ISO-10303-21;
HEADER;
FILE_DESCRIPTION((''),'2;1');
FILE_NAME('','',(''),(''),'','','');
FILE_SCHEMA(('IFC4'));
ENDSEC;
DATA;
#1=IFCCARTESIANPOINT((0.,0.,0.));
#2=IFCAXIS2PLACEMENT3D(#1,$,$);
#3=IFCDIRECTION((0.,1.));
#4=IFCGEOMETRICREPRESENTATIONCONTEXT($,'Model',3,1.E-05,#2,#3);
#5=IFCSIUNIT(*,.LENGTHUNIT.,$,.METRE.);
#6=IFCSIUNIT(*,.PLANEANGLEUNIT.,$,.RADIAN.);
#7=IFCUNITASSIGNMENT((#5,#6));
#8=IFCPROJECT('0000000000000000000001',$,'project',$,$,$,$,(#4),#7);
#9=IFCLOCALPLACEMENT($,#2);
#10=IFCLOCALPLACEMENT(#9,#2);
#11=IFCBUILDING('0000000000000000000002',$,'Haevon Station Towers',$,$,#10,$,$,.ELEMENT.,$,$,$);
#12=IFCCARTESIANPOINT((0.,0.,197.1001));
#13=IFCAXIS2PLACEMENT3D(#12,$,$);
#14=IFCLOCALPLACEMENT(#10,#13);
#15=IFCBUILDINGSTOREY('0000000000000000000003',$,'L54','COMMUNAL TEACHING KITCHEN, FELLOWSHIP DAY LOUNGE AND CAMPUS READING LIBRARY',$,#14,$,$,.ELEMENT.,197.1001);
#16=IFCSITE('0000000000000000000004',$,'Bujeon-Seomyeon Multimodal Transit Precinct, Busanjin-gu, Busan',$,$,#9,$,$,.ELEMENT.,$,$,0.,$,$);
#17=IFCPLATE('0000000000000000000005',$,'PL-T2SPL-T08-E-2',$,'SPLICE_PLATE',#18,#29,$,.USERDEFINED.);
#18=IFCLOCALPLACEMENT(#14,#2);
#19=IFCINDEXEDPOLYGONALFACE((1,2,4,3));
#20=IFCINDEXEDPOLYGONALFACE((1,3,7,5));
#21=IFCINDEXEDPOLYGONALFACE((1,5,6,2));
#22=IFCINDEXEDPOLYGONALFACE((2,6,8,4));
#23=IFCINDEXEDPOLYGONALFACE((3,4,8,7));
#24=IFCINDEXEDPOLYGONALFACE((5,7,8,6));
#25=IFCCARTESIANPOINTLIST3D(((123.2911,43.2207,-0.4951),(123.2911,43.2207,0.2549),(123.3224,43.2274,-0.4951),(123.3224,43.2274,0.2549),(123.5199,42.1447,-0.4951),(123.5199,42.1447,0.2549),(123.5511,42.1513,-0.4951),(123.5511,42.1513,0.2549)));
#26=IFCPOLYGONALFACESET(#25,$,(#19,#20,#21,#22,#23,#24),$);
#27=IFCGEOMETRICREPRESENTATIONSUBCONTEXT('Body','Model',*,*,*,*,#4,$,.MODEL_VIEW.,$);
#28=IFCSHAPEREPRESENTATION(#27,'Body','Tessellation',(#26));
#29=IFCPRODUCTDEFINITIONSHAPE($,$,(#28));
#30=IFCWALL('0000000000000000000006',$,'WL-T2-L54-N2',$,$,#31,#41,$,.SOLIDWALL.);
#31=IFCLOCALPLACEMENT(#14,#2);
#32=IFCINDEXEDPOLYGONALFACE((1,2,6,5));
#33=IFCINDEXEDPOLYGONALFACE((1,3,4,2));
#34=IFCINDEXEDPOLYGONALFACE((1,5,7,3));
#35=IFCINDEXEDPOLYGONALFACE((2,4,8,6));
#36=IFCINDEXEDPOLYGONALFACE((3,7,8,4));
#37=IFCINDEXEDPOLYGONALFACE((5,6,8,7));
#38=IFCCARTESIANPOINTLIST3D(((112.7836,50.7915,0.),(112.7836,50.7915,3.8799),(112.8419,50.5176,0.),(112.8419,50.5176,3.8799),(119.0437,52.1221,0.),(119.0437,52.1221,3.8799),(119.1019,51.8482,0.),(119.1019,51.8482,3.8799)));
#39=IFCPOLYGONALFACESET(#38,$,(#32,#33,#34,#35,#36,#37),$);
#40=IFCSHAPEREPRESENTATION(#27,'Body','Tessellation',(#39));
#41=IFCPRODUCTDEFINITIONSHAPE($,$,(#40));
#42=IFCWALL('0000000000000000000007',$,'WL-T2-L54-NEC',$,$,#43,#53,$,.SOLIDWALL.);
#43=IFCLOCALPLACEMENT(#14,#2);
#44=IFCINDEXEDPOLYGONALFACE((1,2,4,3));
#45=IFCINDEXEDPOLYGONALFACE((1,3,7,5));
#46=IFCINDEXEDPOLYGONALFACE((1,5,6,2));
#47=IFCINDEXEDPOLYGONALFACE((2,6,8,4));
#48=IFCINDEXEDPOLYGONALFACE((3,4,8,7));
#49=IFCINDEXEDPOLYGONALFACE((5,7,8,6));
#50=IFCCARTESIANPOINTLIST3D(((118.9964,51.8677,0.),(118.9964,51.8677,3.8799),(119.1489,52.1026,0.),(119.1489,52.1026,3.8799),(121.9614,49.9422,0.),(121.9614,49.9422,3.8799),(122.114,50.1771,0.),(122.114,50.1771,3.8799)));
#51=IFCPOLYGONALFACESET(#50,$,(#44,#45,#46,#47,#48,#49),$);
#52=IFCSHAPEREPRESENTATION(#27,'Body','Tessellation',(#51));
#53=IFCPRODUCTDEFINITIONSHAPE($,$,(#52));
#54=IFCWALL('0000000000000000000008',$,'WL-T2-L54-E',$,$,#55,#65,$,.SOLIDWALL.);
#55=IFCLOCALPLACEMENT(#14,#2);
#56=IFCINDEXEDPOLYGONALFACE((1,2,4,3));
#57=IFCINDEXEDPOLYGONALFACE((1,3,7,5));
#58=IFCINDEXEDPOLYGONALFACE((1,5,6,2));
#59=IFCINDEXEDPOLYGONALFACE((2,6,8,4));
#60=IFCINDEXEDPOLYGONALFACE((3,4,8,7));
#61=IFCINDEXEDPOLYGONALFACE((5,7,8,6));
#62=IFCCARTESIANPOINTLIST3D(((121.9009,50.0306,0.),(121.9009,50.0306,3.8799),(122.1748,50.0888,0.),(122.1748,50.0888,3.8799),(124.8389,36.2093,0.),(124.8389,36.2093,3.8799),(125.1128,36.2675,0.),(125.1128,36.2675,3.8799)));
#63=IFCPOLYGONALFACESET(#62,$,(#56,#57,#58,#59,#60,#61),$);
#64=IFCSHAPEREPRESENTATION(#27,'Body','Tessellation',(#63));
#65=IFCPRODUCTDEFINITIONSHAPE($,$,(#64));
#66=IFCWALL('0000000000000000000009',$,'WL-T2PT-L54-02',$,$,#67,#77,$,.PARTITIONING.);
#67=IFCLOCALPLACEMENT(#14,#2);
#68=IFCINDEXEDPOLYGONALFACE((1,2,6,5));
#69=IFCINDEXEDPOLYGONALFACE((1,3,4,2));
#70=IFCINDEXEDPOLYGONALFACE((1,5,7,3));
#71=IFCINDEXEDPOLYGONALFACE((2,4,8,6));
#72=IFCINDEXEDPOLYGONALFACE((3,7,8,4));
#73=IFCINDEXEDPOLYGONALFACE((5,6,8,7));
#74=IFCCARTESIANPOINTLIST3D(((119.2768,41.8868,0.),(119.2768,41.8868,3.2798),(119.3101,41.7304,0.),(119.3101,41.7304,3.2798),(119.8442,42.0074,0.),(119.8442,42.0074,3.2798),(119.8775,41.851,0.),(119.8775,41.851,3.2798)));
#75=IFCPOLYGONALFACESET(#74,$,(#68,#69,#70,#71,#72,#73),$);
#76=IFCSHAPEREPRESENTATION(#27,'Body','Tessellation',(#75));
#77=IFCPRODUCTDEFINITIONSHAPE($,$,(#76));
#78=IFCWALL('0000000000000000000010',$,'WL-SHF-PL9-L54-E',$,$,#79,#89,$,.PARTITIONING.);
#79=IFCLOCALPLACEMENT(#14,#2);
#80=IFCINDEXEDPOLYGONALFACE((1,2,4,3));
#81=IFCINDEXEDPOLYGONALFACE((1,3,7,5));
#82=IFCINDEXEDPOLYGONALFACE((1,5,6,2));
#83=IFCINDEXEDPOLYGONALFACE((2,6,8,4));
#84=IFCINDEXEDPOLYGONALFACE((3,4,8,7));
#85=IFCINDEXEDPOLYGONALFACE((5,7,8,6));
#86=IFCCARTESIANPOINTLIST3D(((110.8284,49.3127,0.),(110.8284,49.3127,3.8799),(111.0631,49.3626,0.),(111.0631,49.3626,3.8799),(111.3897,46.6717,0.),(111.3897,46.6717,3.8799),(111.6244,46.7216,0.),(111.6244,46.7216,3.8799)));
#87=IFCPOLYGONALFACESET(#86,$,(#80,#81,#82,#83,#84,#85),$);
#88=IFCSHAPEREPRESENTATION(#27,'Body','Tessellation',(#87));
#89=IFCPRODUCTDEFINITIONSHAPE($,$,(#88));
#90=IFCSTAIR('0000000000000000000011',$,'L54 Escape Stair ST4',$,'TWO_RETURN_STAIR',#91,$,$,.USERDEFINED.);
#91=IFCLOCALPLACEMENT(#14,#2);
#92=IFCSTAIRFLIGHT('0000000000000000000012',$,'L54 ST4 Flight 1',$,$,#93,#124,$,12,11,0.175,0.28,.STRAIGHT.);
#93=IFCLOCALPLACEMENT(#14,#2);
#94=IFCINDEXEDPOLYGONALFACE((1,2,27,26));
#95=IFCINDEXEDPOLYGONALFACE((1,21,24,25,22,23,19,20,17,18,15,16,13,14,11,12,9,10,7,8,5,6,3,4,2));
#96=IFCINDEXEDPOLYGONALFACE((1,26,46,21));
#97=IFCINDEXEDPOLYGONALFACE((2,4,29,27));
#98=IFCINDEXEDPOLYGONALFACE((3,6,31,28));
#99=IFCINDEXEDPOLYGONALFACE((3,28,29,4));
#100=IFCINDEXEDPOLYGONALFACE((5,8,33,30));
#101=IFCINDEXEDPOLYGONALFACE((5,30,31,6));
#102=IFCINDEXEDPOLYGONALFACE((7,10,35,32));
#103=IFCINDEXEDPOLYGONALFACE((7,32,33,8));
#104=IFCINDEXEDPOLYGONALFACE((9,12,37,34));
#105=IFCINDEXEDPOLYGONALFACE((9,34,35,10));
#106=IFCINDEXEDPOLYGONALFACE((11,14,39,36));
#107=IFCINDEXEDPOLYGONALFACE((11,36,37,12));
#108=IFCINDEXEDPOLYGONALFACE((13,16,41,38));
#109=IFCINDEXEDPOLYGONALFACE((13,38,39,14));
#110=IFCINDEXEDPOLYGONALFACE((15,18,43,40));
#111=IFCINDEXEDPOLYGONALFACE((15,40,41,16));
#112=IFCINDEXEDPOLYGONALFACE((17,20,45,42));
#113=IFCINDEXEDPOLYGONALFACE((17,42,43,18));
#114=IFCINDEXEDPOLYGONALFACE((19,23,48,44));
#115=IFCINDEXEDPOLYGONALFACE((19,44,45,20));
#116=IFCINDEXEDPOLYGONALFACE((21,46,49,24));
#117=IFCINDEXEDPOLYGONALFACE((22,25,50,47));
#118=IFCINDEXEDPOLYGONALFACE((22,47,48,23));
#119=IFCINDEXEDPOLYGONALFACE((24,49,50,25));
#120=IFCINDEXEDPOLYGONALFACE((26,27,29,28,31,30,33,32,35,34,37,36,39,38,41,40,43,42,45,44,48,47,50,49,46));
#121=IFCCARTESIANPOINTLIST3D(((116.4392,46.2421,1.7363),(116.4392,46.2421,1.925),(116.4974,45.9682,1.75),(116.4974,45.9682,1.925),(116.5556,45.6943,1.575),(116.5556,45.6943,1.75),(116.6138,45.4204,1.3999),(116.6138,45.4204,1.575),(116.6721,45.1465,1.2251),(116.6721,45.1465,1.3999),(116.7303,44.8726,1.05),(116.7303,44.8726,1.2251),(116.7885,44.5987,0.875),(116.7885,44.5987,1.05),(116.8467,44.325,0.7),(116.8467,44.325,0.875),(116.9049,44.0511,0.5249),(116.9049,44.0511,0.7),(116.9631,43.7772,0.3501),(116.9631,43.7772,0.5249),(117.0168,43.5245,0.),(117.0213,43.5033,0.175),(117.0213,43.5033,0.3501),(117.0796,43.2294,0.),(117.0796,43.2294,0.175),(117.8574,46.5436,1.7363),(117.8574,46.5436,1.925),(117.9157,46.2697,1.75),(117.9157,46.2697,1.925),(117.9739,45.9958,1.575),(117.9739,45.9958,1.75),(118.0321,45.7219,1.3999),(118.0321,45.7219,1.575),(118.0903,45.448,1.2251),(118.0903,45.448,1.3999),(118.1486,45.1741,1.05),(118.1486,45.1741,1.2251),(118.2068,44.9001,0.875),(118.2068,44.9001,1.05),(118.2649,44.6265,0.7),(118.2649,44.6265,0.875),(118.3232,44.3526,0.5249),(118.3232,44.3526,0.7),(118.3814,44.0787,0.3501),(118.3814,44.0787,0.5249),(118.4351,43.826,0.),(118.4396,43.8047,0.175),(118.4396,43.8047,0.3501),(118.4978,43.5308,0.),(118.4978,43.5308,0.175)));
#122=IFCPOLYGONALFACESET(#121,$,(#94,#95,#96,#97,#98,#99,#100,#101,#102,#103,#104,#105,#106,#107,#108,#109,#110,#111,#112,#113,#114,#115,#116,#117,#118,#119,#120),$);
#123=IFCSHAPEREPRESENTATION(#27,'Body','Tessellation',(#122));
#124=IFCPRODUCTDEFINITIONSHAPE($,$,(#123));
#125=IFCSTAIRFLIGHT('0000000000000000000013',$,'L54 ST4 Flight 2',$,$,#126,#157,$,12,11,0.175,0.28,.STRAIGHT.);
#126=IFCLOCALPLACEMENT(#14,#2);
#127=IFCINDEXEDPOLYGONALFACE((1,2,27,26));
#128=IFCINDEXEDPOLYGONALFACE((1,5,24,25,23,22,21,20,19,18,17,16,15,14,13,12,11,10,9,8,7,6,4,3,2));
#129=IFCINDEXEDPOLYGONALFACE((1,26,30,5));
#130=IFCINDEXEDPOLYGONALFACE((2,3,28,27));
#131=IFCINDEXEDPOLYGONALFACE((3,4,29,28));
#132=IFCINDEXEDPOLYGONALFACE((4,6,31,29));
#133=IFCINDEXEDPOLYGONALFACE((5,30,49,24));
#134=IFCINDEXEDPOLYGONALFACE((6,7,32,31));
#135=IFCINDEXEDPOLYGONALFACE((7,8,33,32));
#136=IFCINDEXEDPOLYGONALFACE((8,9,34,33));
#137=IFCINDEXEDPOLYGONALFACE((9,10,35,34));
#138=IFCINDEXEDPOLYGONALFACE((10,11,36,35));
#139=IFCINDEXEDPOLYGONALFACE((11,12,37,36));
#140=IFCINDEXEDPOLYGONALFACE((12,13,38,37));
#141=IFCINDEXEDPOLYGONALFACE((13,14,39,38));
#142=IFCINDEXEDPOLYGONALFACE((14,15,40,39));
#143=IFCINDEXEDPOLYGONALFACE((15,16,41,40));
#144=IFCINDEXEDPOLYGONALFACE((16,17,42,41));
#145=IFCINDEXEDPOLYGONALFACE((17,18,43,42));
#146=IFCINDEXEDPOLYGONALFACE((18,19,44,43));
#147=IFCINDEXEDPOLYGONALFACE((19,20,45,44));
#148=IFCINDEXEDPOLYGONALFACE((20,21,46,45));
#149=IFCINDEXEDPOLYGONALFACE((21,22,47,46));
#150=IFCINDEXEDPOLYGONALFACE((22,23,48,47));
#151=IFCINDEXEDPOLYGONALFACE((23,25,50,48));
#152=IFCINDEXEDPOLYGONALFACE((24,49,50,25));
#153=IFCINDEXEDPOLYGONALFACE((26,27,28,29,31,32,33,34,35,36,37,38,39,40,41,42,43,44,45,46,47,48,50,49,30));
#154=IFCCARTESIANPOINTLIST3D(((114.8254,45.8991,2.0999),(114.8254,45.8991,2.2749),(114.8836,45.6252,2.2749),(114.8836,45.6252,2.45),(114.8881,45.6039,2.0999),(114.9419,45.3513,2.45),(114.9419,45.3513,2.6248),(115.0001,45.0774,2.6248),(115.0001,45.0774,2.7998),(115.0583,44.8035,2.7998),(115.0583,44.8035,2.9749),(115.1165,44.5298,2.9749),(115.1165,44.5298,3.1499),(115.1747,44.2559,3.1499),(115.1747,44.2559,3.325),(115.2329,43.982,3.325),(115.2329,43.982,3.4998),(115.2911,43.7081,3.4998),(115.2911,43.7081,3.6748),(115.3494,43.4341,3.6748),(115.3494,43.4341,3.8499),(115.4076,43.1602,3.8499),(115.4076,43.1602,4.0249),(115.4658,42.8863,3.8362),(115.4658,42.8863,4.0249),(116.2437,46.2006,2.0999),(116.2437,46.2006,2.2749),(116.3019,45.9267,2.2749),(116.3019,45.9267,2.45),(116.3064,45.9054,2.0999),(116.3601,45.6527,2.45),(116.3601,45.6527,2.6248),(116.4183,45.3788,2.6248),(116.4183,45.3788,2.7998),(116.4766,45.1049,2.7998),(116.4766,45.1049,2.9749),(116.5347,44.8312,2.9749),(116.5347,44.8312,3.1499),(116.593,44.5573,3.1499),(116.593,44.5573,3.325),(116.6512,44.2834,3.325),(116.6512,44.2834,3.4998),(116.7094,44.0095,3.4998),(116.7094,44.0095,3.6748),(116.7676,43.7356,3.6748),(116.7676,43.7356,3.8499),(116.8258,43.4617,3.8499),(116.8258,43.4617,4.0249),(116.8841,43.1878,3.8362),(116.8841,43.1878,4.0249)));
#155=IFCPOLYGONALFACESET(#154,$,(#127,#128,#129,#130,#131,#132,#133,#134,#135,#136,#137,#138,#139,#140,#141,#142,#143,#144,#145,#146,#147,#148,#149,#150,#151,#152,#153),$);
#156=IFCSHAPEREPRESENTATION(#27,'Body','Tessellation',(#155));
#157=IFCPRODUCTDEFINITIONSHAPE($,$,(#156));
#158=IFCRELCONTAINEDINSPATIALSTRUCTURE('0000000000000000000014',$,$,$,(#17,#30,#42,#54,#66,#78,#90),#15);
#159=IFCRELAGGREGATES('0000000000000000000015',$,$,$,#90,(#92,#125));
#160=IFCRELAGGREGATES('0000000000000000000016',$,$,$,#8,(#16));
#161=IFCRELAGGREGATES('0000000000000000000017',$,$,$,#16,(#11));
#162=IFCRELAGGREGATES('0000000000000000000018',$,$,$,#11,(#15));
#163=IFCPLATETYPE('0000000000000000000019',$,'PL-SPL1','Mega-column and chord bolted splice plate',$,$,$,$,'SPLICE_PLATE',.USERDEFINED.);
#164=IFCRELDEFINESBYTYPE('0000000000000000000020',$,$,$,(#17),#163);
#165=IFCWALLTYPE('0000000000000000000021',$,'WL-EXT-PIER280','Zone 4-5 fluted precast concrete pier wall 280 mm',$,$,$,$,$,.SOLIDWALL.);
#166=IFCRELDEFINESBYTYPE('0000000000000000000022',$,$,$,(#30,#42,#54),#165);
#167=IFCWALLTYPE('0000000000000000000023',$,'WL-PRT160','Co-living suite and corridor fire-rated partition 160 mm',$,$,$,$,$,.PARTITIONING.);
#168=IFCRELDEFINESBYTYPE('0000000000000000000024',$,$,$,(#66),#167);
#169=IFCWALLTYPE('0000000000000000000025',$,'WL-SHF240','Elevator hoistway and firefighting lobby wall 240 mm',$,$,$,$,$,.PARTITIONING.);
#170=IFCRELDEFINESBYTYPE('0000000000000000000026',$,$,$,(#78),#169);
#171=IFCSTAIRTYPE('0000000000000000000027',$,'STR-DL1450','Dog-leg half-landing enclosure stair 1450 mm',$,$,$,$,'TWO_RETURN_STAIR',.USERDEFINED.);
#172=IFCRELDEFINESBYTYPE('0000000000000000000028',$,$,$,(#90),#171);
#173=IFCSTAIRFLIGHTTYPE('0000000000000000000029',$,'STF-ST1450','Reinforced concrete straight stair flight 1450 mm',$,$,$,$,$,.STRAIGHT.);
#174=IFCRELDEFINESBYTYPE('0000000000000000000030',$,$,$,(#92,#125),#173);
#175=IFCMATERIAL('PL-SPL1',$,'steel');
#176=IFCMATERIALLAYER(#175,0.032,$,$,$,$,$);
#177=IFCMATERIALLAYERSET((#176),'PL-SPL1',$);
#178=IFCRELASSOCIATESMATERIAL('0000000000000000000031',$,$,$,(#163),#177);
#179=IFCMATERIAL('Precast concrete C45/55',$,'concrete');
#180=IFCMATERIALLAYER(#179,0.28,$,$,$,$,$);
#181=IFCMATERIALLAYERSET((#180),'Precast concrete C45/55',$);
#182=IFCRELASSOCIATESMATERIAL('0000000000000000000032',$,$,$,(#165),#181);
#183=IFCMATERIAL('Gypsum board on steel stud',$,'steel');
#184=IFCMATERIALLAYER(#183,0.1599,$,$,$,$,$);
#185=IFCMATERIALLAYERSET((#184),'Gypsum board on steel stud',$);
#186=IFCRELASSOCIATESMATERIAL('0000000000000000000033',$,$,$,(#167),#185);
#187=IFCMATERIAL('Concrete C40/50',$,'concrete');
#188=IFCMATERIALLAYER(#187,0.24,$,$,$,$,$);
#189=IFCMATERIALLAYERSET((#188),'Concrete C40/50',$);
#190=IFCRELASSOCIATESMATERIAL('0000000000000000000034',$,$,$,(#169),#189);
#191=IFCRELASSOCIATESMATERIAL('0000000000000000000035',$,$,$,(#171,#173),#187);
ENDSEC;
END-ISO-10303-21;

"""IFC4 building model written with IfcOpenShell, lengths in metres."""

from ifc_helpers import new_model, si_unit, direction, frame, frame_2d, origin, origin_2d, place, context, subcontext, project, spatial, polyline, rectangle, outline, extrude, material, layer, layer_set, type_object, element, aggregate, save


model = new_model("IFC4")

# Units and contexts
model_context = context("Model", 3, precision=1e-05, world=origin(), true_north=direction((0.0, 1.0)))
body_context = subcontext(model_context, "Body", "Model", "MODEL_VIEW")
ifc_project = project(units=[si_unit("LENGTHUNIT", "METRE"), si_unit("PLANEANGLEUNIT", "RADIAN")], contexts=[model_context])

# Site, building, storey
site_placement = place(None, origin())
site = spatial("IfcSite", under=ifc_project, at=site_placement, Name="Bujeon-Seomyeon Multimodal Transit Precinct, Busanjin-gu, Busan", CompositionType="ELEMENT", RefElevation=0.0)
building_placement = place(site_placement, origin())
building = spatial("IfcBuilding", under=site, at=building_placement, Name="Haevon Station Towers", CompositionType="ELEMENT")
storey_placement = place(building_placement, frame((0.0, 0.0, 197.1001)))
storey = spatial("IfcBuildingStorey", under=building, at=storey_placement, Name="L54", Description="COMMUNAL TEACHING KITCHEN, FELLOWSHIP DAY LOUNGE AND CAMPUS READING LIBRARY", CompositionType="ELEMENT", Elevation=197.1001)

# Plate
ifc_material_1 = material(Name="PL-SPL1", Category="steel")
ifc_layer_1 = layer(ifc_material_1, 0.032)
ifc_layer_set_1 = layer_set([ifc_layer_1], Name="PL-SPL1")
plate_type = type_object("IfcPlateType", Name="PL-SPL1", Description="Mega-column and chord bolted splice plate", ElementType="SPLICE_PLATE", PredefinedType="USERDEFINED", material=ifc_layer_set_1)
plate_placement = place(storey_placement, frame((123.4211, 42.686, -0.4951), z_axis=(0.0, 0.0, 1.0), x_axis=(-0.207912, 0.978148, 0.0)))
element("IfcPlate", 1, at=plate_placement, inside=storey, type_object=plate_type, Name="PL-T2SPL-T08-E-2", ObjectType="SPLICE_PLATE", PredefinedType="USERDEFINED", context=body_context, shape_type="SweptSolid", body=[
    extrude(rectangle(XDim=1.1001, YDim=0.032, at=origin_2d()), origin(), (0.0, 0.0, 1.0), 0.75),
])

# Walls
ifc_material_2 = material(Name="Precast concrete C45/55", Category="concrete")
ifc_layer_2 = layer(ifc_material_2, 0.28)
ifc_layer_set_2 = layer_set([ifc_layer_2], Name="Precast concrete C45/55")
wall_type_1 = type_object("IfcWallType", Name="WL-EXT-PIER280", Description="Zone 4-5 fluted precast concrete pier wall 280 mm", PredefinedType="SOLIDWALL", material=ifc_layer_set_2)
wall_1_placement = place(storey_placement, frame((112.8127, 50.6545, 0.0), z_axis=(0.0, 0.0, 1.0), x_axis=(0.978149, 0.207906, 0.0)))
element("IfcWall", 2, at=wall_1_placement, inside=storey, type_object=wall_type_1, Name="WL-T2-L54-N2", PredefinedType="SOLIDWALL", context=body_context, shape_type="SweptSolid", body=[
    extrude(rectangle(XDim=6.3999, YDim=0.28, at=frame_2d((3.2, 0.0))), origin(), (0.0, 0.0, 1.0), 3.8799),
])
wall_2_placement = place(storey_placement, frame((119.0728, 51.9851, 0.0), z_axis=(0.0, 0.0, 1.0), x_axis=(0.838672, -0.544636, 0.0)))
element("IfcWall", 3, at=wall_2_placement, inside=storey, type_object=wall_type_1, Name="WL-T2-L54-NEC", PredefinedType="SOLIDWALL", context=body_context, shape_type="SweptSolid", body=[
    extrude(rectangle(XDim=3.5354, YDim=0.28, at=frame_2d((1.7676, 0.0))), origin(), (0.0, 0.0, 1.0), 3.8799),
])
wall_3_placement = place(storey_placement, frame((122.0378, 50.0596, 0.0), z_axis=(0.0, 0.0, 1.0), x_axis=(0.207924, -0.978145, 0.0)))
element("IfcWall", 4, at=wall_3_placement, inside=storey, type_object=wall_type_1, Name="WL-T2-L54-E", PredefinedType="SOLIDWALL", context=body_context, shape_type="SweptSolid", body=[
    extrude(rectangle(XDim=14.1301, YDim=0.28, at=frame_2d((7.0649, 0.0))), origin(), (0.0, 0.0, 1.0), 3.8799),
])
ifc_material_3 = material(Name="Gypsum board on steel stud", Category="steel")
ifc_layer_3 = layer(ifc_material_3, 0.1599)
ifc_layer_set_3 = layer_set([ifc_layer_3], Name="Gypsum board on steel stud")
wall_type_2 = type_object("IfcWallType", Name="WL-PRT160", Description="Co-living suite and corridor fire-rated partition 160 mm", PredefinedType="PARTITIONING", material=ifc_layer_set_3)
wall_4_placement = place(storey_placement, frame((119.2935, 41.8086, 0.0), z_axis=(0.0, 0.0, 1.0), x_axis=(0.978146, 0.207919, 0.0)))
element("IfcWall", 5, at=wall_4_placement, inside=storey, type_object=wall_type_2, Name="WL-T2PT-L54-02", PredefinedType="PARTITIONING", context=body_context, shape_type="SweptSolid", body=[
    extrude(rectangle(XDim=0.5801, YDim=0.1599, at=frame_2d((0.29, 0.0))), origin(), (0.0, 0.0, 1.0), 3.2798),
])
ifc_material_4 = material(Name="Concrete C40/50", Category="concrete")
ifc_layer_4 = layer(ifc_material_4, 0.24)
ifc_layer_set_4 = layer_set([ifc_layer_4], Name="Concrete C40/50")
wall_type_3 = type_object("IfcWallType", Name="WL-SHF240", Description="Elevator hoistway and firefighting lobby wall 240 mm", PredefinedType="PARTITIONING", material=ifc_layer_set_4)
wall_5_placement = place(storey_placement, frame((111.5071, 46.6965, 0.0), z_axis=(0.0, 0.0, 1.0), x_axis=(-0.207892, 0.978152, 0.0)))
element("IfcWall", 6, at=wall_5_placement, inside=storey, type_object=wall_type_3, Name="WL-SHF-PL9-L54-E", PredefinedType="PARTITIONING", context=body_context, shape_type="SweptSolid", body=[
    extrude(rectangle(XDim=2.7, YDim=0.24, at=frame_2d((1.3501, 0.0))), origin(), (0.0, 0.0, 1.0), 3.8799),
])

# Stair, stair flights
stair_type = type_object("IfcStairType", Name="STR-DL1450", Description="Dog-leg half-landing enclosure stair 1450 mm", ElementType="TWO_RETURN_STAIR", PredefinedType="USERDEFINED", material=ifc_material_4)
stair_placement = place(storey_placement, origin())
stair = element("IfcStair", 7, at=stair_placement, inside=storey, type_object=stair_type, Name="L54 Escape Stair ST4", ObjectType="TWO_RETURN_STAIR", PredefinedType="USERDEFINED")
stair_flight_type = type_object("IfcStairFlightType", Name="STF-ST1450", Description="Reinforced concrete straight stair flight 1450 mm", PredefinedType="STRAIGHT", material=ifc_material_4)
stair_flight_1_placement = place(storey_placement, frame((117.7888, 43.3801, 0.0), z_axis=(0.0, 0.0, 1.0), x_axis=(-0.207912, 0.978148, 0.0)))
stair_flight_1 = element("IfcStairFlight", 8, at=stair_flight_1_placement, type_object=stair_flight_type, Name="L54 ST4 Flight 1", NumberOfRisers=12, NumberOfTreads=11, PredefinedType="STRAIGHT", RiserHeight=0.175, TreadLength=0.28, context=body_context, shape_type="SweptSolid", body=[
    extrude(outline(polyline([(0.0, 0.0), (0.0, 0.175), (0.28, 0.175), (0.28, 0.3501), (0.5601, 0.3501), (0.5601, 0.5249), (0.8401, 0.5249), (0.8401, 0.7), (1.1201, 0.7), (1.1201, 0.875), (1.3999, 0.875), (1.3999, 1.05), (1.6799, 1.05), (1.6799, 1.2251), (1.96, 1.2251), (1.96, 1.3999), (2.24, 1.3999), (2.24, 1.575), (2.52, 1.575), (2.52, 1.75), (2.8, 1.75), (2.8, 1.925), (3.0801, 1.925), (3.0801, 2.1001), (3.0801, 1.7363), (0.3018, 0.0), (0.0, 0.0)])), frame((0.0, 0.7251, 0.0), z_axis=(0.0, -1.0, 0.0), x_axis=(1.0, 0.0, 0.0)), (0.0, 0.0, 1.0), 1.45),
])
stair_flight_2_placement = place(storey_placement, frame((115.5344, 46.0498, 2.0999), z_axis=(0.0, 0.0, 1.0), x_axis=(0.207912, -0.978148, 0.0)))
stair_flight_2 = element("IfcStairFlight", 9, at=stair_flight_2_placement, type_object=stair_flight_type, Name="L54 ST4 Flight 2", NumberOfRisers=12, NumberOfTreads=11, PredefinedType="STRAIGHT", RiserHeight=0.175, TreadLength=0.28, context=body_context, shape_type="SweptSolid", body=[
    extrude(outline(polyline([(0.0, 0.0), (0.0, 0.175), (0.28, 0.175), (0.28, 0.3501), (0.5601, 0.3501), (0.5601, 0.5249), (0.8401, 0.5249), (0.8401, 0.7), (1.1201, 0.7), (1.1201, 0.875), (1.3999, 0.875), (1.3999, 1.05), (1.6799, 1.05), (1.6799, 1.2251), (1.96, 1.2251), (1.96, 1.3999), (2.24, 1.3999), (2.24, 1.575), (2.52, 1.575), (2.52, 1.75), (2.8, 1.75), (2.8, 1.925), (3.0801, 1.925), (3.0801, 2.1001), (3.0801, 1.7363), (0.3018, 0.0), (0.0, 0.0)])), frame((0.0, 0.7251, 0.0), z_axis=(0.0, -1.0, 0.0), x_axis=(1.0, 0.0, 0.0)), (0.0, 0.0, 1.0), 1.45),
])
aggregate(stair, [stair_flight_1, stair_flight_2])

save(model, "model.ifc")
